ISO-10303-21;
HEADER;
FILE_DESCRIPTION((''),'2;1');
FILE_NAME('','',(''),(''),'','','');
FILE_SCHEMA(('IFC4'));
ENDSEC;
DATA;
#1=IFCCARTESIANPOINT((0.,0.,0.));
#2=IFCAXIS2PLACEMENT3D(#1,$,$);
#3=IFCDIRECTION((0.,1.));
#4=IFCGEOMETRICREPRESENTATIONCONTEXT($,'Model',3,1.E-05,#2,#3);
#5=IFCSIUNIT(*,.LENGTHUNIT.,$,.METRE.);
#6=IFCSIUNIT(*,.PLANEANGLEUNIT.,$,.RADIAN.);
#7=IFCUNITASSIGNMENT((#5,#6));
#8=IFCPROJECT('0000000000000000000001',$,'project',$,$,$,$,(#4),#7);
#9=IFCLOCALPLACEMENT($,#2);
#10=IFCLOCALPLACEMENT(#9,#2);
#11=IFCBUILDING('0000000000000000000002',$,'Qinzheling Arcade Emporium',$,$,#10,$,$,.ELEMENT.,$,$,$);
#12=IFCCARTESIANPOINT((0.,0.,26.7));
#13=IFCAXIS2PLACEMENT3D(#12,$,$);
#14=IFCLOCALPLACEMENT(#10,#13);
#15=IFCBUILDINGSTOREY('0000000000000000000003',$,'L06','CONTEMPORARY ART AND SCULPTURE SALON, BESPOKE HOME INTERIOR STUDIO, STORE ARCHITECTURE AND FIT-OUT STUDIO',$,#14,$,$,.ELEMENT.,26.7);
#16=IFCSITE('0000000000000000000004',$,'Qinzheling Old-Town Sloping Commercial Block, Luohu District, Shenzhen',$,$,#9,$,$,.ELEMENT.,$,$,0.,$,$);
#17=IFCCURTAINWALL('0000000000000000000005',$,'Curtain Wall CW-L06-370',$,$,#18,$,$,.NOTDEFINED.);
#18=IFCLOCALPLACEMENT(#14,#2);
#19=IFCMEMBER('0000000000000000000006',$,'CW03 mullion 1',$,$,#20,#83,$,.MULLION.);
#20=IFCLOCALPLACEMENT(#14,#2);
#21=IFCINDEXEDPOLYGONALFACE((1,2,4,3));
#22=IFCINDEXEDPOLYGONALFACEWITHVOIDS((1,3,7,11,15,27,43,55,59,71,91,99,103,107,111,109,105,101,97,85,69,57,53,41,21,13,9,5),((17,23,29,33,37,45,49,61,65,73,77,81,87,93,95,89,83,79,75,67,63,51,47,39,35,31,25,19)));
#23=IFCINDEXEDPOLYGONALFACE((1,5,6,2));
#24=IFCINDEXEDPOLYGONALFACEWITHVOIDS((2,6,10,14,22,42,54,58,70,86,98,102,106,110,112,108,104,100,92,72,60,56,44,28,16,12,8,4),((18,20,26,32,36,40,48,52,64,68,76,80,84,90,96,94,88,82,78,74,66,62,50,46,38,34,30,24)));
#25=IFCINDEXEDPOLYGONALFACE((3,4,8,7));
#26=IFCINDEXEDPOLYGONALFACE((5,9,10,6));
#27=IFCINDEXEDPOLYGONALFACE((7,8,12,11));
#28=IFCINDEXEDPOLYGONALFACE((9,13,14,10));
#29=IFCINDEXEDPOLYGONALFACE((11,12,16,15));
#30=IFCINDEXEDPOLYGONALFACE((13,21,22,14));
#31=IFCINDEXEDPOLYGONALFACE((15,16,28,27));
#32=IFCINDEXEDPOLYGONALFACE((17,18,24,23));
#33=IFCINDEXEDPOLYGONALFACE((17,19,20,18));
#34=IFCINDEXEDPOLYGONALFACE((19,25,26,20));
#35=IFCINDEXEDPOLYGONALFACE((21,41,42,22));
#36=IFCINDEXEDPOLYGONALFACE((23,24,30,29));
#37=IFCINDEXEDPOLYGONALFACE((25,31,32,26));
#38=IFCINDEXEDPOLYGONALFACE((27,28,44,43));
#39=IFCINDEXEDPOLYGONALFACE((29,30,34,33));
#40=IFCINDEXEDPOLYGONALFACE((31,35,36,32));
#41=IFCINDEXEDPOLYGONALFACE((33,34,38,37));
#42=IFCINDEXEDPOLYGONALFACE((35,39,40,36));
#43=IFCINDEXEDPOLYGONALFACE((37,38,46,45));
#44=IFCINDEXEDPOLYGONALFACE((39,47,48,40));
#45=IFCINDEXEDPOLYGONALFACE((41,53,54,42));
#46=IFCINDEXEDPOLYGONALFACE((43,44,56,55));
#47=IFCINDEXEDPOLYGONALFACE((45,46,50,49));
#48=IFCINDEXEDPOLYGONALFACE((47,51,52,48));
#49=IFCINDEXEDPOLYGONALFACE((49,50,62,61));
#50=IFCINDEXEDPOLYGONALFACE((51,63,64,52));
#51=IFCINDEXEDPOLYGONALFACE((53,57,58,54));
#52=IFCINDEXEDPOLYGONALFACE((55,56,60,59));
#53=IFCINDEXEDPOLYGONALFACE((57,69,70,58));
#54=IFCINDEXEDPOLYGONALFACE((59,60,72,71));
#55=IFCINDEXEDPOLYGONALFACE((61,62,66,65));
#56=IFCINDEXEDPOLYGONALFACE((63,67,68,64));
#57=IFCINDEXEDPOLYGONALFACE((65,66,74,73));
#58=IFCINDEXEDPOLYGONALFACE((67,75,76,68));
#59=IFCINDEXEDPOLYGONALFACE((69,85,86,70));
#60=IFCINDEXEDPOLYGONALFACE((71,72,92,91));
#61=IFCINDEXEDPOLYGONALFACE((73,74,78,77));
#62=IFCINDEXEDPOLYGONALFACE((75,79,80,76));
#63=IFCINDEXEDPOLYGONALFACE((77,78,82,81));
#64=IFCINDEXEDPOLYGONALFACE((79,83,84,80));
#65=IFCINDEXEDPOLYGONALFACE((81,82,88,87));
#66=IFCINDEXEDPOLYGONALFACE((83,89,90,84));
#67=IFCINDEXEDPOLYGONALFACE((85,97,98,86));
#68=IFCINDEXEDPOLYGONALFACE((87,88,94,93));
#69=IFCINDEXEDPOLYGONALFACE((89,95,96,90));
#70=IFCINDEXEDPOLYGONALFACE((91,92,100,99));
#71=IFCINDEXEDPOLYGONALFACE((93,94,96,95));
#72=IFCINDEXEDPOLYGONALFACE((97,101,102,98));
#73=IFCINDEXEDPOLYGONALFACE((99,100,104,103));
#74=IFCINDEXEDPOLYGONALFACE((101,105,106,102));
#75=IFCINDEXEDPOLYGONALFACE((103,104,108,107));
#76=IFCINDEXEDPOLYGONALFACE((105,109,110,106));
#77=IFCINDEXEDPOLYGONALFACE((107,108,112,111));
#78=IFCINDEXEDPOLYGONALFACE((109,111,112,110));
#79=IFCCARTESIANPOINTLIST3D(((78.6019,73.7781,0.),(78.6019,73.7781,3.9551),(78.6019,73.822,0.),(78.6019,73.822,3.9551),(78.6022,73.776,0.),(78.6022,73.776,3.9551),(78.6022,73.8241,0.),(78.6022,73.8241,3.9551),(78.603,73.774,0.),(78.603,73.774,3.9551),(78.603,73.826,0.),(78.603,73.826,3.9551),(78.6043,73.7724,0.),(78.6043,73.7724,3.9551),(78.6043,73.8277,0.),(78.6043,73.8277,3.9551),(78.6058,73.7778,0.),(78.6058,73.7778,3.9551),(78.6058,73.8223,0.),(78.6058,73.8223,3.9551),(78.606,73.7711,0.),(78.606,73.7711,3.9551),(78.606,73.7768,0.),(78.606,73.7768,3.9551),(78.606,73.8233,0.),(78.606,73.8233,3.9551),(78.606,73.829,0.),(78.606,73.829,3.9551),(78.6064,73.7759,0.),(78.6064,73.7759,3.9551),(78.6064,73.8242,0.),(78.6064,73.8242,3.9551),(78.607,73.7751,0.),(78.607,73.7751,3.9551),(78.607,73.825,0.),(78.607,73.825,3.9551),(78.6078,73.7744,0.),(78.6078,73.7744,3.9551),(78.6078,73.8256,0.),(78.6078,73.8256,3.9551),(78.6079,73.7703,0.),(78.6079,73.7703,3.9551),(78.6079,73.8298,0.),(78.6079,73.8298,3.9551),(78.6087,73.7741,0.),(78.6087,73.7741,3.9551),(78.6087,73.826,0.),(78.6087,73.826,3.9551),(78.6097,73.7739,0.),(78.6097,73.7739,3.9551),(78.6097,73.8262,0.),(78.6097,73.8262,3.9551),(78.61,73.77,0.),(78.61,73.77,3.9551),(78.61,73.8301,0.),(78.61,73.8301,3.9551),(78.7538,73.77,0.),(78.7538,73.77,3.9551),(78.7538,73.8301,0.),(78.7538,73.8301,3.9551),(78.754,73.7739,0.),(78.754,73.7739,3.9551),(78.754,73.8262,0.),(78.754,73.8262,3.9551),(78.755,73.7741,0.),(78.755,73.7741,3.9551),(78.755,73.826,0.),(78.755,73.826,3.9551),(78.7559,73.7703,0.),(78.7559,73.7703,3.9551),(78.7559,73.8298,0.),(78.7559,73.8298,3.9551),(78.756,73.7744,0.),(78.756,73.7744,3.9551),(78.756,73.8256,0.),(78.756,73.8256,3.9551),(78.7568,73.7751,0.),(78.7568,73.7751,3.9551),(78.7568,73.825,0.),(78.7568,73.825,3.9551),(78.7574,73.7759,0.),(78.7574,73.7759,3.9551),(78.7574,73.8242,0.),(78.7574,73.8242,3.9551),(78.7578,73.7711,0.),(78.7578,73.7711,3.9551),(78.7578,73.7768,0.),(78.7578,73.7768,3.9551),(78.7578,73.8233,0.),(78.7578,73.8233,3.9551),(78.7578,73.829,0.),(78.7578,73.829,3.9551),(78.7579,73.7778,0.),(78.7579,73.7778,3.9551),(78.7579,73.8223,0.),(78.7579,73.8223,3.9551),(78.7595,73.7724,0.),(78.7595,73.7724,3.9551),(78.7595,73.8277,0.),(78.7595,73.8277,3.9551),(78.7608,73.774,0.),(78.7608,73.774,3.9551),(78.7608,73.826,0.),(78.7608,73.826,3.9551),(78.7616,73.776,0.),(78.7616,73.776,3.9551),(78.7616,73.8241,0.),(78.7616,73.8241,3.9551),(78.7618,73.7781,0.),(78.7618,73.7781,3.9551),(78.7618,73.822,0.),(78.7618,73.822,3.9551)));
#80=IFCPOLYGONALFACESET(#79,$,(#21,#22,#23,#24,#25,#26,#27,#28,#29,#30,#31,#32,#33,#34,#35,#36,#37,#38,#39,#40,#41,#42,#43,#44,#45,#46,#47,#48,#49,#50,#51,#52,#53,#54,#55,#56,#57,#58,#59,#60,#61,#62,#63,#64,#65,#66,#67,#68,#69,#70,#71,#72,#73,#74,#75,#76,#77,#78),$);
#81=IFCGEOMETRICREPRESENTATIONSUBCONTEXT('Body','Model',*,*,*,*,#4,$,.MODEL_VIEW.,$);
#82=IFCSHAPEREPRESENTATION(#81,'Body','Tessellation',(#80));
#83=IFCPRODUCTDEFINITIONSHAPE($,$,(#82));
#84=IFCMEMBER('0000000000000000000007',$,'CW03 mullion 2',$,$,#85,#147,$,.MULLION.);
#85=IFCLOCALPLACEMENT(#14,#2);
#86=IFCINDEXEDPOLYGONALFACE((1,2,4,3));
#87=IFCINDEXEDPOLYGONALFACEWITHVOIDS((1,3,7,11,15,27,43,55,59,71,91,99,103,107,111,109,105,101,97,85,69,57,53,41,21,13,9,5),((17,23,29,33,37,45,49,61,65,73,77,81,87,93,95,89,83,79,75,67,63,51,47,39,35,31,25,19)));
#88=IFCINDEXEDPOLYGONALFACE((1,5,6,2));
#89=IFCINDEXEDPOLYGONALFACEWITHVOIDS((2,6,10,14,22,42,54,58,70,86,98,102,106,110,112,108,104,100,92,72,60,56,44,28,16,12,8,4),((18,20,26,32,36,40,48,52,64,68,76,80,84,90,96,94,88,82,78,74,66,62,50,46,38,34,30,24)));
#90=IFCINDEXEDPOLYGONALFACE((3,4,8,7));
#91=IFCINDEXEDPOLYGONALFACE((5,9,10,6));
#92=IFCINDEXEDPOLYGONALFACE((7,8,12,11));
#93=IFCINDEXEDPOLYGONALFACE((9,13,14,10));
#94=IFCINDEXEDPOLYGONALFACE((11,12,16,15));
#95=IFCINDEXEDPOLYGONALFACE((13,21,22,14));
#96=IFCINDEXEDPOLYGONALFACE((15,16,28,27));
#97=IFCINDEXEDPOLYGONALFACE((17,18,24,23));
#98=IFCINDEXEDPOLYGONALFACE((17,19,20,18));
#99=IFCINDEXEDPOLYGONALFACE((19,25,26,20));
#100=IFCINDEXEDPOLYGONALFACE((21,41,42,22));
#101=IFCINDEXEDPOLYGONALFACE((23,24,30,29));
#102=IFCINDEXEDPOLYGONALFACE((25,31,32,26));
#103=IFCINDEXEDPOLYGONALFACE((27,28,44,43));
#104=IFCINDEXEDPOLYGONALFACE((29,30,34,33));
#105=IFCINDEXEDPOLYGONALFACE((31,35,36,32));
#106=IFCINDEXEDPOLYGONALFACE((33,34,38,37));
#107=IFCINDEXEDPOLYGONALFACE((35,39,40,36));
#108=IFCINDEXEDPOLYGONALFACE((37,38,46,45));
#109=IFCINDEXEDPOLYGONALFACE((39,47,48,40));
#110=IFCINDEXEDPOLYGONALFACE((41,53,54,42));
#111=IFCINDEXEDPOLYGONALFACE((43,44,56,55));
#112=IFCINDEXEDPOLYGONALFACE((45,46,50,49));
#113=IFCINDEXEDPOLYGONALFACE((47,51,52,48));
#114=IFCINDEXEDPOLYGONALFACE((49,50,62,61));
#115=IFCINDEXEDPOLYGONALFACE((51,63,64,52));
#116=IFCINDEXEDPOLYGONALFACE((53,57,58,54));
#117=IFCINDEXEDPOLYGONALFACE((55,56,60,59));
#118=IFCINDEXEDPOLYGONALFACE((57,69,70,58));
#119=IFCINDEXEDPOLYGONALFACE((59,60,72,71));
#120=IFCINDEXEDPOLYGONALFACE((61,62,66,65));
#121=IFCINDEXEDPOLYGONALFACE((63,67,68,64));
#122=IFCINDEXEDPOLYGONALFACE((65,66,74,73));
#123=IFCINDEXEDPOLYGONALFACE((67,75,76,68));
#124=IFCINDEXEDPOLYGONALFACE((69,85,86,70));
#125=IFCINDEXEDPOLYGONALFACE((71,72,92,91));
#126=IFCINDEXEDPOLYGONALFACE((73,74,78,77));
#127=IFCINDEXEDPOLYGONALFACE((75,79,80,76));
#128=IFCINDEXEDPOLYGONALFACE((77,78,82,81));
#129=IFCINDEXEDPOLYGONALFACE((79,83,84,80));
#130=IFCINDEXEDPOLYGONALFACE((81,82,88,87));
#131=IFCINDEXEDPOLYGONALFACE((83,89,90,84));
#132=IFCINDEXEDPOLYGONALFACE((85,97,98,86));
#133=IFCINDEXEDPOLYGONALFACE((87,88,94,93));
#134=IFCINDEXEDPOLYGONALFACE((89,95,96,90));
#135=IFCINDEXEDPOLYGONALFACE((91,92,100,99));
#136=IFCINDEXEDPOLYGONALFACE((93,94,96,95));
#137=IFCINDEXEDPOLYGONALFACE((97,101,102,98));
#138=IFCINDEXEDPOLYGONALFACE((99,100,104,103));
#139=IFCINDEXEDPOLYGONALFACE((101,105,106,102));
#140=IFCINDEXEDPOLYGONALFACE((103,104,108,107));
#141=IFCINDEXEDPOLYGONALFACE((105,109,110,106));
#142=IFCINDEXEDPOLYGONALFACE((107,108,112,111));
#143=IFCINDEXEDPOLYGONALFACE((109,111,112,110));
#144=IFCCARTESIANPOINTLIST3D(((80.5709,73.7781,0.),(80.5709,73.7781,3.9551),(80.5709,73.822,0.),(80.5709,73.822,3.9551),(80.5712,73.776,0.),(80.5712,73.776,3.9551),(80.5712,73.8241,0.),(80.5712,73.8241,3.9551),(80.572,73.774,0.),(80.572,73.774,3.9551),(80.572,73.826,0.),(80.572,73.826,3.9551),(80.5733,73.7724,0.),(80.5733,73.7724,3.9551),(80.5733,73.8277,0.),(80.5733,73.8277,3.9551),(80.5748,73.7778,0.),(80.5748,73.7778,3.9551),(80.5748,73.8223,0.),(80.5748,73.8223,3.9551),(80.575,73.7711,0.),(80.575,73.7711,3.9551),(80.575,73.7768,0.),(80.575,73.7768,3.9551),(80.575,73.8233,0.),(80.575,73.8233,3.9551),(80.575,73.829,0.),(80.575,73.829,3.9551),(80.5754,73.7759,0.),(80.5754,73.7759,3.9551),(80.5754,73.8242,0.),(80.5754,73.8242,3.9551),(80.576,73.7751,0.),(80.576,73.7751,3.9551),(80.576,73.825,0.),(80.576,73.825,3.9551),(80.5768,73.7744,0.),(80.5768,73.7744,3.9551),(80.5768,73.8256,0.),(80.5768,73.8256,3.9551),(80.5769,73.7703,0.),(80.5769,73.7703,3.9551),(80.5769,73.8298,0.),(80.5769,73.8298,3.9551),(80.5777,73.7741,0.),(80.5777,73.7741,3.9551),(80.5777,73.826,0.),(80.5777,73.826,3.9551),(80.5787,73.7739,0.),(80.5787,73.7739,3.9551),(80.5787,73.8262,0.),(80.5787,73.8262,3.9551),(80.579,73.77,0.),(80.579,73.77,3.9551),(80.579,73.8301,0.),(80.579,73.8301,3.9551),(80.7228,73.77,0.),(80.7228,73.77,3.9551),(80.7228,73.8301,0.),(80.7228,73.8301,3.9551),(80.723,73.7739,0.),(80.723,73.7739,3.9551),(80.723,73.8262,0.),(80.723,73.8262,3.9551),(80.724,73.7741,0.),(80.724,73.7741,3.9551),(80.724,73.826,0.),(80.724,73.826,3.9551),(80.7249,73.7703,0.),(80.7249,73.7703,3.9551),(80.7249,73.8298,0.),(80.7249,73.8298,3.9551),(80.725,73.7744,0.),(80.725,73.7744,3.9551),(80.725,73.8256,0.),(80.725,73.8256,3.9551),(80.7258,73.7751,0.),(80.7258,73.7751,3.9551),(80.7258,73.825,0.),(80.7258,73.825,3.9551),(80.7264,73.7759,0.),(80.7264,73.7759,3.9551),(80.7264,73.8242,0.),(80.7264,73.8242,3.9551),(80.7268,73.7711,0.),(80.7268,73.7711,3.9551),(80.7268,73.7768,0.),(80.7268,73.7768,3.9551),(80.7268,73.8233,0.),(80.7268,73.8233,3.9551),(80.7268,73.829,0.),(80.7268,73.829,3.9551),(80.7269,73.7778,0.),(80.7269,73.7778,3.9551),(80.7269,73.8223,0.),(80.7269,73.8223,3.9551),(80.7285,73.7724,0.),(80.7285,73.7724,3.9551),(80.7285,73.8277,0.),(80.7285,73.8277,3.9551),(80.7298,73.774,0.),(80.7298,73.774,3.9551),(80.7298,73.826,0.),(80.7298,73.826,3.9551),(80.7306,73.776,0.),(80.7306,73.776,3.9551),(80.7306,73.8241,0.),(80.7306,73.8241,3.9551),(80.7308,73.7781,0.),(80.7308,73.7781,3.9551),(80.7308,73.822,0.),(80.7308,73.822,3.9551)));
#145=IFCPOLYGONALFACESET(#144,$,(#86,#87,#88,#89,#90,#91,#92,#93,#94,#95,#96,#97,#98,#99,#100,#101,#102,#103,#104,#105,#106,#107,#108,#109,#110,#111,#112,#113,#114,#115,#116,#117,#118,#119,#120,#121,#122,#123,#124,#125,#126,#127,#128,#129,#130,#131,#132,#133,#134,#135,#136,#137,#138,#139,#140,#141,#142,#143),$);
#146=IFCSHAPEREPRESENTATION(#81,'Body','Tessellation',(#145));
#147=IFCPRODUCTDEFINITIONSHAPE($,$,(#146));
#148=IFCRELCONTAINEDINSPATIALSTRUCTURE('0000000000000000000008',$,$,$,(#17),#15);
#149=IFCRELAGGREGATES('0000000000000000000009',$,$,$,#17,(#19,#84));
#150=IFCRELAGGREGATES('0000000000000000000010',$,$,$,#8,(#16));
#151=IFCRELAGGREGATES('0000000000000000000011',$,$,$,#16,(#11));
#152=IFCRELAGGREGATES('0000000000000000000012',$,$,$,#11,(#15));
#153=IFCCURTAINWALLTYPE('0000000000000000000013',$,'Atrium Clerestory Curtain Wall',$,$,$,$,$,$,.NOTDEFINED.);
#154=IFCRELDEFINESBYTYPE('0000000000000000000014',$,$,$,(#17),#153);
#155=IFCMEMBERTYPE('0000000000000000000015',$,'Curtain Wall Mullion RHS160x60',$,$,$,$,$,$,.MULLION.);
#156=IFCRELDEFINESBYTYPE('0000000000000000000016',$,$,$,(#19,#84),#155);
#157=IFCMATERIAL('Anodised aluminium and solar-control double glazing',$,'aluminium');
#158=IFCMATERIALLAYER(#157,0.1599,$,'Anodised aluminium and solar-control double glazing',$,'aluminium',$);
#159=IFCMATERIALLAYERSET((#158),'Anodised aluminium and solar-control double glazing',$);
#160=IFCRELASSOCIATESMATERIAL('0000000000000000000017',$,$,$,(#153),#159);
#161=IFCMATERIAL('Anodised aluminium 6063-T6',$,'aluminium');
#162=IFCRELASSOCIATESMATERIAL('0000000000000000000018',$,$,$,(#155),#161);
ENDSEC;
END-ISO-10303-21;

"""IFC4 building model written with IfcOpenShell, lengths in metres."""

from ifc_helpers import new_model, si_unit, direction, frame, origin, origin_2d, place, context, subcontext, project, spatial, hollow_rectangle, extrude, material, layer, layer_set, material_profile, profile_set, type_object, element, aggregate, save


model = new_model("IFC4")

# Units and contexts
model_context = context("Model", 3, precision=1e-05, world=origin(), true_north=direction((0.0, 1.0)))
body_context = subcontext(model_context, "Body", "Model", "MODEL_VIEW")
ifc_project = project(units=[si_unit("LENGTHUNIT", "METRE"), si_unit("PLANEANGLEUNIT", "RADIAN")], contexts=[model_context])

# Site, building, storey
site_placement = place(None, origin())
site = spatial("IfcSite", under=ifc_project, at=site_placement, Name="Qinzheling Old-Town Sloping Commercial Block, Luohu District, Shenzhen", CompositionType="ELEMENT", RefElevation=0.0)
building_placement = place(site_placement, origin())
building = spatial("IfcBuilding", under=site, at=building_placement, Name="Qinzheling Arcade Emporium", CompositionType="ELEMENT")
storey_placement = place(building_placement, frame((0.0, 0.0, 26.7)))
storey = spatial("IfcBuildingStorey", under=building, at=storey_placement, Name="L06", Description="CONTEMPORARY ART AND SCULPTURE SALON, BESPOKE HOME INTERIOR STUDIO, STORE ARCHITECTURE AND FIT-OUT STUDIO", CompositionType="ELEMENT", Elevation=26.7)

# Curtain wall, members
ifc_material_1 = material(Name="Anodised aluminium and solar-control double glazing", Category="aluminium")
ifc_layer_1 = layer(ifc_material_1, 0.1599, Name="Anodised aluminium and solar-control double glazing", Category="aluminium")
ifc_layer_set_1 = layer_set([ifc_layer_1], Name="Anodised aluminium and solar-control double glazing")
curtain_wall_type = type_object("IfcCurtainWallType", Name="Atrium Clerestory Curtain Wall", PredefinedType="NOTDEFINED", material=ifc_layer_set_1)
curtain_wall_placement = place(storey_placement, origin())
curtain_wall = element("IfcCurtainWall", 1, at=curtain_wall_placement, inside=storey, type_object=curtain_wall_type, Name="Curtain Wall CW-L06-370", PredefinedType="NOTDEFINED")
ifc_material_2 = material(Name="Anodised aluminium 6063-T6", Category="aluminium")
ifc_material_profile_1 = material_profile(ifc_material_2, hollow_rectangle(XDim=0.0601, YDim=0.1599, WallThickness=0.0039, InnerFilletRadius=0.0039, OuterFilletRadius=0.0081, at=origin_2d()), Name="RHS 160x60x4", Category="aluminium")
ifc_profile_set_1 = profile_set([ifc_material_profile_1], Name="Anodised aluminium 6063-T6")
member_type_1 = type_object("IfcMemberType", Name="Curtain Wall Mullion RHS160x60", PredefinedType="MULLION", material=ifc_profile_set_1)
member_1_placement = place(storey_placement, frame((78.6819, 73.8, 0.0), z_axis=(0.0, 0.0, 1.0), x_axis=(0.0, 1.0, 0.0)))
member_1 = element("IfcMember", 2, at=member_1_placement, type_object=member_type_1, Name="CW03 mullion 1", PredefinedType="MULLION", context=body_context, shape_type="SweptSolid", body=[
    extrude(hollow_rectangle(XDim=0.0601, YDim=0.1599, WallThickness=0.0039, InnerFilletRadius=0.0039, OuterFilletRadius=0.0081, at=origin_2d()), origin(), (0.0, 0.0, 1.0), 3.9551),
])
member_2_placement = place(storey_placement, frame((80.6509, 73.8, 0.0), z_axis=(0.0, 0.0, 1.0), x_axis=(0.0, 1.0, 0.0)))
member_2 = element("IfcMember", 3, at=member_2_placement, type_object=member_type_1, Name="CW03 mullion 2", PredefinedType="MULLION", context=body_context, shape_type="SweptSolid", body=[
    extrude(hollow_rectangle(XDim=0.0601, YDim=0.1599, WallThickness=0.0039, InnerFilletRadius=0.0039, OuterFilletRadius=0.0081, at=origin_2d()), origin(), (0.0, 0.0, 1.0), 3.9551),
])

aggregate(curtain_wall, [member_1, member_2])

save(model, "model.ifc")
